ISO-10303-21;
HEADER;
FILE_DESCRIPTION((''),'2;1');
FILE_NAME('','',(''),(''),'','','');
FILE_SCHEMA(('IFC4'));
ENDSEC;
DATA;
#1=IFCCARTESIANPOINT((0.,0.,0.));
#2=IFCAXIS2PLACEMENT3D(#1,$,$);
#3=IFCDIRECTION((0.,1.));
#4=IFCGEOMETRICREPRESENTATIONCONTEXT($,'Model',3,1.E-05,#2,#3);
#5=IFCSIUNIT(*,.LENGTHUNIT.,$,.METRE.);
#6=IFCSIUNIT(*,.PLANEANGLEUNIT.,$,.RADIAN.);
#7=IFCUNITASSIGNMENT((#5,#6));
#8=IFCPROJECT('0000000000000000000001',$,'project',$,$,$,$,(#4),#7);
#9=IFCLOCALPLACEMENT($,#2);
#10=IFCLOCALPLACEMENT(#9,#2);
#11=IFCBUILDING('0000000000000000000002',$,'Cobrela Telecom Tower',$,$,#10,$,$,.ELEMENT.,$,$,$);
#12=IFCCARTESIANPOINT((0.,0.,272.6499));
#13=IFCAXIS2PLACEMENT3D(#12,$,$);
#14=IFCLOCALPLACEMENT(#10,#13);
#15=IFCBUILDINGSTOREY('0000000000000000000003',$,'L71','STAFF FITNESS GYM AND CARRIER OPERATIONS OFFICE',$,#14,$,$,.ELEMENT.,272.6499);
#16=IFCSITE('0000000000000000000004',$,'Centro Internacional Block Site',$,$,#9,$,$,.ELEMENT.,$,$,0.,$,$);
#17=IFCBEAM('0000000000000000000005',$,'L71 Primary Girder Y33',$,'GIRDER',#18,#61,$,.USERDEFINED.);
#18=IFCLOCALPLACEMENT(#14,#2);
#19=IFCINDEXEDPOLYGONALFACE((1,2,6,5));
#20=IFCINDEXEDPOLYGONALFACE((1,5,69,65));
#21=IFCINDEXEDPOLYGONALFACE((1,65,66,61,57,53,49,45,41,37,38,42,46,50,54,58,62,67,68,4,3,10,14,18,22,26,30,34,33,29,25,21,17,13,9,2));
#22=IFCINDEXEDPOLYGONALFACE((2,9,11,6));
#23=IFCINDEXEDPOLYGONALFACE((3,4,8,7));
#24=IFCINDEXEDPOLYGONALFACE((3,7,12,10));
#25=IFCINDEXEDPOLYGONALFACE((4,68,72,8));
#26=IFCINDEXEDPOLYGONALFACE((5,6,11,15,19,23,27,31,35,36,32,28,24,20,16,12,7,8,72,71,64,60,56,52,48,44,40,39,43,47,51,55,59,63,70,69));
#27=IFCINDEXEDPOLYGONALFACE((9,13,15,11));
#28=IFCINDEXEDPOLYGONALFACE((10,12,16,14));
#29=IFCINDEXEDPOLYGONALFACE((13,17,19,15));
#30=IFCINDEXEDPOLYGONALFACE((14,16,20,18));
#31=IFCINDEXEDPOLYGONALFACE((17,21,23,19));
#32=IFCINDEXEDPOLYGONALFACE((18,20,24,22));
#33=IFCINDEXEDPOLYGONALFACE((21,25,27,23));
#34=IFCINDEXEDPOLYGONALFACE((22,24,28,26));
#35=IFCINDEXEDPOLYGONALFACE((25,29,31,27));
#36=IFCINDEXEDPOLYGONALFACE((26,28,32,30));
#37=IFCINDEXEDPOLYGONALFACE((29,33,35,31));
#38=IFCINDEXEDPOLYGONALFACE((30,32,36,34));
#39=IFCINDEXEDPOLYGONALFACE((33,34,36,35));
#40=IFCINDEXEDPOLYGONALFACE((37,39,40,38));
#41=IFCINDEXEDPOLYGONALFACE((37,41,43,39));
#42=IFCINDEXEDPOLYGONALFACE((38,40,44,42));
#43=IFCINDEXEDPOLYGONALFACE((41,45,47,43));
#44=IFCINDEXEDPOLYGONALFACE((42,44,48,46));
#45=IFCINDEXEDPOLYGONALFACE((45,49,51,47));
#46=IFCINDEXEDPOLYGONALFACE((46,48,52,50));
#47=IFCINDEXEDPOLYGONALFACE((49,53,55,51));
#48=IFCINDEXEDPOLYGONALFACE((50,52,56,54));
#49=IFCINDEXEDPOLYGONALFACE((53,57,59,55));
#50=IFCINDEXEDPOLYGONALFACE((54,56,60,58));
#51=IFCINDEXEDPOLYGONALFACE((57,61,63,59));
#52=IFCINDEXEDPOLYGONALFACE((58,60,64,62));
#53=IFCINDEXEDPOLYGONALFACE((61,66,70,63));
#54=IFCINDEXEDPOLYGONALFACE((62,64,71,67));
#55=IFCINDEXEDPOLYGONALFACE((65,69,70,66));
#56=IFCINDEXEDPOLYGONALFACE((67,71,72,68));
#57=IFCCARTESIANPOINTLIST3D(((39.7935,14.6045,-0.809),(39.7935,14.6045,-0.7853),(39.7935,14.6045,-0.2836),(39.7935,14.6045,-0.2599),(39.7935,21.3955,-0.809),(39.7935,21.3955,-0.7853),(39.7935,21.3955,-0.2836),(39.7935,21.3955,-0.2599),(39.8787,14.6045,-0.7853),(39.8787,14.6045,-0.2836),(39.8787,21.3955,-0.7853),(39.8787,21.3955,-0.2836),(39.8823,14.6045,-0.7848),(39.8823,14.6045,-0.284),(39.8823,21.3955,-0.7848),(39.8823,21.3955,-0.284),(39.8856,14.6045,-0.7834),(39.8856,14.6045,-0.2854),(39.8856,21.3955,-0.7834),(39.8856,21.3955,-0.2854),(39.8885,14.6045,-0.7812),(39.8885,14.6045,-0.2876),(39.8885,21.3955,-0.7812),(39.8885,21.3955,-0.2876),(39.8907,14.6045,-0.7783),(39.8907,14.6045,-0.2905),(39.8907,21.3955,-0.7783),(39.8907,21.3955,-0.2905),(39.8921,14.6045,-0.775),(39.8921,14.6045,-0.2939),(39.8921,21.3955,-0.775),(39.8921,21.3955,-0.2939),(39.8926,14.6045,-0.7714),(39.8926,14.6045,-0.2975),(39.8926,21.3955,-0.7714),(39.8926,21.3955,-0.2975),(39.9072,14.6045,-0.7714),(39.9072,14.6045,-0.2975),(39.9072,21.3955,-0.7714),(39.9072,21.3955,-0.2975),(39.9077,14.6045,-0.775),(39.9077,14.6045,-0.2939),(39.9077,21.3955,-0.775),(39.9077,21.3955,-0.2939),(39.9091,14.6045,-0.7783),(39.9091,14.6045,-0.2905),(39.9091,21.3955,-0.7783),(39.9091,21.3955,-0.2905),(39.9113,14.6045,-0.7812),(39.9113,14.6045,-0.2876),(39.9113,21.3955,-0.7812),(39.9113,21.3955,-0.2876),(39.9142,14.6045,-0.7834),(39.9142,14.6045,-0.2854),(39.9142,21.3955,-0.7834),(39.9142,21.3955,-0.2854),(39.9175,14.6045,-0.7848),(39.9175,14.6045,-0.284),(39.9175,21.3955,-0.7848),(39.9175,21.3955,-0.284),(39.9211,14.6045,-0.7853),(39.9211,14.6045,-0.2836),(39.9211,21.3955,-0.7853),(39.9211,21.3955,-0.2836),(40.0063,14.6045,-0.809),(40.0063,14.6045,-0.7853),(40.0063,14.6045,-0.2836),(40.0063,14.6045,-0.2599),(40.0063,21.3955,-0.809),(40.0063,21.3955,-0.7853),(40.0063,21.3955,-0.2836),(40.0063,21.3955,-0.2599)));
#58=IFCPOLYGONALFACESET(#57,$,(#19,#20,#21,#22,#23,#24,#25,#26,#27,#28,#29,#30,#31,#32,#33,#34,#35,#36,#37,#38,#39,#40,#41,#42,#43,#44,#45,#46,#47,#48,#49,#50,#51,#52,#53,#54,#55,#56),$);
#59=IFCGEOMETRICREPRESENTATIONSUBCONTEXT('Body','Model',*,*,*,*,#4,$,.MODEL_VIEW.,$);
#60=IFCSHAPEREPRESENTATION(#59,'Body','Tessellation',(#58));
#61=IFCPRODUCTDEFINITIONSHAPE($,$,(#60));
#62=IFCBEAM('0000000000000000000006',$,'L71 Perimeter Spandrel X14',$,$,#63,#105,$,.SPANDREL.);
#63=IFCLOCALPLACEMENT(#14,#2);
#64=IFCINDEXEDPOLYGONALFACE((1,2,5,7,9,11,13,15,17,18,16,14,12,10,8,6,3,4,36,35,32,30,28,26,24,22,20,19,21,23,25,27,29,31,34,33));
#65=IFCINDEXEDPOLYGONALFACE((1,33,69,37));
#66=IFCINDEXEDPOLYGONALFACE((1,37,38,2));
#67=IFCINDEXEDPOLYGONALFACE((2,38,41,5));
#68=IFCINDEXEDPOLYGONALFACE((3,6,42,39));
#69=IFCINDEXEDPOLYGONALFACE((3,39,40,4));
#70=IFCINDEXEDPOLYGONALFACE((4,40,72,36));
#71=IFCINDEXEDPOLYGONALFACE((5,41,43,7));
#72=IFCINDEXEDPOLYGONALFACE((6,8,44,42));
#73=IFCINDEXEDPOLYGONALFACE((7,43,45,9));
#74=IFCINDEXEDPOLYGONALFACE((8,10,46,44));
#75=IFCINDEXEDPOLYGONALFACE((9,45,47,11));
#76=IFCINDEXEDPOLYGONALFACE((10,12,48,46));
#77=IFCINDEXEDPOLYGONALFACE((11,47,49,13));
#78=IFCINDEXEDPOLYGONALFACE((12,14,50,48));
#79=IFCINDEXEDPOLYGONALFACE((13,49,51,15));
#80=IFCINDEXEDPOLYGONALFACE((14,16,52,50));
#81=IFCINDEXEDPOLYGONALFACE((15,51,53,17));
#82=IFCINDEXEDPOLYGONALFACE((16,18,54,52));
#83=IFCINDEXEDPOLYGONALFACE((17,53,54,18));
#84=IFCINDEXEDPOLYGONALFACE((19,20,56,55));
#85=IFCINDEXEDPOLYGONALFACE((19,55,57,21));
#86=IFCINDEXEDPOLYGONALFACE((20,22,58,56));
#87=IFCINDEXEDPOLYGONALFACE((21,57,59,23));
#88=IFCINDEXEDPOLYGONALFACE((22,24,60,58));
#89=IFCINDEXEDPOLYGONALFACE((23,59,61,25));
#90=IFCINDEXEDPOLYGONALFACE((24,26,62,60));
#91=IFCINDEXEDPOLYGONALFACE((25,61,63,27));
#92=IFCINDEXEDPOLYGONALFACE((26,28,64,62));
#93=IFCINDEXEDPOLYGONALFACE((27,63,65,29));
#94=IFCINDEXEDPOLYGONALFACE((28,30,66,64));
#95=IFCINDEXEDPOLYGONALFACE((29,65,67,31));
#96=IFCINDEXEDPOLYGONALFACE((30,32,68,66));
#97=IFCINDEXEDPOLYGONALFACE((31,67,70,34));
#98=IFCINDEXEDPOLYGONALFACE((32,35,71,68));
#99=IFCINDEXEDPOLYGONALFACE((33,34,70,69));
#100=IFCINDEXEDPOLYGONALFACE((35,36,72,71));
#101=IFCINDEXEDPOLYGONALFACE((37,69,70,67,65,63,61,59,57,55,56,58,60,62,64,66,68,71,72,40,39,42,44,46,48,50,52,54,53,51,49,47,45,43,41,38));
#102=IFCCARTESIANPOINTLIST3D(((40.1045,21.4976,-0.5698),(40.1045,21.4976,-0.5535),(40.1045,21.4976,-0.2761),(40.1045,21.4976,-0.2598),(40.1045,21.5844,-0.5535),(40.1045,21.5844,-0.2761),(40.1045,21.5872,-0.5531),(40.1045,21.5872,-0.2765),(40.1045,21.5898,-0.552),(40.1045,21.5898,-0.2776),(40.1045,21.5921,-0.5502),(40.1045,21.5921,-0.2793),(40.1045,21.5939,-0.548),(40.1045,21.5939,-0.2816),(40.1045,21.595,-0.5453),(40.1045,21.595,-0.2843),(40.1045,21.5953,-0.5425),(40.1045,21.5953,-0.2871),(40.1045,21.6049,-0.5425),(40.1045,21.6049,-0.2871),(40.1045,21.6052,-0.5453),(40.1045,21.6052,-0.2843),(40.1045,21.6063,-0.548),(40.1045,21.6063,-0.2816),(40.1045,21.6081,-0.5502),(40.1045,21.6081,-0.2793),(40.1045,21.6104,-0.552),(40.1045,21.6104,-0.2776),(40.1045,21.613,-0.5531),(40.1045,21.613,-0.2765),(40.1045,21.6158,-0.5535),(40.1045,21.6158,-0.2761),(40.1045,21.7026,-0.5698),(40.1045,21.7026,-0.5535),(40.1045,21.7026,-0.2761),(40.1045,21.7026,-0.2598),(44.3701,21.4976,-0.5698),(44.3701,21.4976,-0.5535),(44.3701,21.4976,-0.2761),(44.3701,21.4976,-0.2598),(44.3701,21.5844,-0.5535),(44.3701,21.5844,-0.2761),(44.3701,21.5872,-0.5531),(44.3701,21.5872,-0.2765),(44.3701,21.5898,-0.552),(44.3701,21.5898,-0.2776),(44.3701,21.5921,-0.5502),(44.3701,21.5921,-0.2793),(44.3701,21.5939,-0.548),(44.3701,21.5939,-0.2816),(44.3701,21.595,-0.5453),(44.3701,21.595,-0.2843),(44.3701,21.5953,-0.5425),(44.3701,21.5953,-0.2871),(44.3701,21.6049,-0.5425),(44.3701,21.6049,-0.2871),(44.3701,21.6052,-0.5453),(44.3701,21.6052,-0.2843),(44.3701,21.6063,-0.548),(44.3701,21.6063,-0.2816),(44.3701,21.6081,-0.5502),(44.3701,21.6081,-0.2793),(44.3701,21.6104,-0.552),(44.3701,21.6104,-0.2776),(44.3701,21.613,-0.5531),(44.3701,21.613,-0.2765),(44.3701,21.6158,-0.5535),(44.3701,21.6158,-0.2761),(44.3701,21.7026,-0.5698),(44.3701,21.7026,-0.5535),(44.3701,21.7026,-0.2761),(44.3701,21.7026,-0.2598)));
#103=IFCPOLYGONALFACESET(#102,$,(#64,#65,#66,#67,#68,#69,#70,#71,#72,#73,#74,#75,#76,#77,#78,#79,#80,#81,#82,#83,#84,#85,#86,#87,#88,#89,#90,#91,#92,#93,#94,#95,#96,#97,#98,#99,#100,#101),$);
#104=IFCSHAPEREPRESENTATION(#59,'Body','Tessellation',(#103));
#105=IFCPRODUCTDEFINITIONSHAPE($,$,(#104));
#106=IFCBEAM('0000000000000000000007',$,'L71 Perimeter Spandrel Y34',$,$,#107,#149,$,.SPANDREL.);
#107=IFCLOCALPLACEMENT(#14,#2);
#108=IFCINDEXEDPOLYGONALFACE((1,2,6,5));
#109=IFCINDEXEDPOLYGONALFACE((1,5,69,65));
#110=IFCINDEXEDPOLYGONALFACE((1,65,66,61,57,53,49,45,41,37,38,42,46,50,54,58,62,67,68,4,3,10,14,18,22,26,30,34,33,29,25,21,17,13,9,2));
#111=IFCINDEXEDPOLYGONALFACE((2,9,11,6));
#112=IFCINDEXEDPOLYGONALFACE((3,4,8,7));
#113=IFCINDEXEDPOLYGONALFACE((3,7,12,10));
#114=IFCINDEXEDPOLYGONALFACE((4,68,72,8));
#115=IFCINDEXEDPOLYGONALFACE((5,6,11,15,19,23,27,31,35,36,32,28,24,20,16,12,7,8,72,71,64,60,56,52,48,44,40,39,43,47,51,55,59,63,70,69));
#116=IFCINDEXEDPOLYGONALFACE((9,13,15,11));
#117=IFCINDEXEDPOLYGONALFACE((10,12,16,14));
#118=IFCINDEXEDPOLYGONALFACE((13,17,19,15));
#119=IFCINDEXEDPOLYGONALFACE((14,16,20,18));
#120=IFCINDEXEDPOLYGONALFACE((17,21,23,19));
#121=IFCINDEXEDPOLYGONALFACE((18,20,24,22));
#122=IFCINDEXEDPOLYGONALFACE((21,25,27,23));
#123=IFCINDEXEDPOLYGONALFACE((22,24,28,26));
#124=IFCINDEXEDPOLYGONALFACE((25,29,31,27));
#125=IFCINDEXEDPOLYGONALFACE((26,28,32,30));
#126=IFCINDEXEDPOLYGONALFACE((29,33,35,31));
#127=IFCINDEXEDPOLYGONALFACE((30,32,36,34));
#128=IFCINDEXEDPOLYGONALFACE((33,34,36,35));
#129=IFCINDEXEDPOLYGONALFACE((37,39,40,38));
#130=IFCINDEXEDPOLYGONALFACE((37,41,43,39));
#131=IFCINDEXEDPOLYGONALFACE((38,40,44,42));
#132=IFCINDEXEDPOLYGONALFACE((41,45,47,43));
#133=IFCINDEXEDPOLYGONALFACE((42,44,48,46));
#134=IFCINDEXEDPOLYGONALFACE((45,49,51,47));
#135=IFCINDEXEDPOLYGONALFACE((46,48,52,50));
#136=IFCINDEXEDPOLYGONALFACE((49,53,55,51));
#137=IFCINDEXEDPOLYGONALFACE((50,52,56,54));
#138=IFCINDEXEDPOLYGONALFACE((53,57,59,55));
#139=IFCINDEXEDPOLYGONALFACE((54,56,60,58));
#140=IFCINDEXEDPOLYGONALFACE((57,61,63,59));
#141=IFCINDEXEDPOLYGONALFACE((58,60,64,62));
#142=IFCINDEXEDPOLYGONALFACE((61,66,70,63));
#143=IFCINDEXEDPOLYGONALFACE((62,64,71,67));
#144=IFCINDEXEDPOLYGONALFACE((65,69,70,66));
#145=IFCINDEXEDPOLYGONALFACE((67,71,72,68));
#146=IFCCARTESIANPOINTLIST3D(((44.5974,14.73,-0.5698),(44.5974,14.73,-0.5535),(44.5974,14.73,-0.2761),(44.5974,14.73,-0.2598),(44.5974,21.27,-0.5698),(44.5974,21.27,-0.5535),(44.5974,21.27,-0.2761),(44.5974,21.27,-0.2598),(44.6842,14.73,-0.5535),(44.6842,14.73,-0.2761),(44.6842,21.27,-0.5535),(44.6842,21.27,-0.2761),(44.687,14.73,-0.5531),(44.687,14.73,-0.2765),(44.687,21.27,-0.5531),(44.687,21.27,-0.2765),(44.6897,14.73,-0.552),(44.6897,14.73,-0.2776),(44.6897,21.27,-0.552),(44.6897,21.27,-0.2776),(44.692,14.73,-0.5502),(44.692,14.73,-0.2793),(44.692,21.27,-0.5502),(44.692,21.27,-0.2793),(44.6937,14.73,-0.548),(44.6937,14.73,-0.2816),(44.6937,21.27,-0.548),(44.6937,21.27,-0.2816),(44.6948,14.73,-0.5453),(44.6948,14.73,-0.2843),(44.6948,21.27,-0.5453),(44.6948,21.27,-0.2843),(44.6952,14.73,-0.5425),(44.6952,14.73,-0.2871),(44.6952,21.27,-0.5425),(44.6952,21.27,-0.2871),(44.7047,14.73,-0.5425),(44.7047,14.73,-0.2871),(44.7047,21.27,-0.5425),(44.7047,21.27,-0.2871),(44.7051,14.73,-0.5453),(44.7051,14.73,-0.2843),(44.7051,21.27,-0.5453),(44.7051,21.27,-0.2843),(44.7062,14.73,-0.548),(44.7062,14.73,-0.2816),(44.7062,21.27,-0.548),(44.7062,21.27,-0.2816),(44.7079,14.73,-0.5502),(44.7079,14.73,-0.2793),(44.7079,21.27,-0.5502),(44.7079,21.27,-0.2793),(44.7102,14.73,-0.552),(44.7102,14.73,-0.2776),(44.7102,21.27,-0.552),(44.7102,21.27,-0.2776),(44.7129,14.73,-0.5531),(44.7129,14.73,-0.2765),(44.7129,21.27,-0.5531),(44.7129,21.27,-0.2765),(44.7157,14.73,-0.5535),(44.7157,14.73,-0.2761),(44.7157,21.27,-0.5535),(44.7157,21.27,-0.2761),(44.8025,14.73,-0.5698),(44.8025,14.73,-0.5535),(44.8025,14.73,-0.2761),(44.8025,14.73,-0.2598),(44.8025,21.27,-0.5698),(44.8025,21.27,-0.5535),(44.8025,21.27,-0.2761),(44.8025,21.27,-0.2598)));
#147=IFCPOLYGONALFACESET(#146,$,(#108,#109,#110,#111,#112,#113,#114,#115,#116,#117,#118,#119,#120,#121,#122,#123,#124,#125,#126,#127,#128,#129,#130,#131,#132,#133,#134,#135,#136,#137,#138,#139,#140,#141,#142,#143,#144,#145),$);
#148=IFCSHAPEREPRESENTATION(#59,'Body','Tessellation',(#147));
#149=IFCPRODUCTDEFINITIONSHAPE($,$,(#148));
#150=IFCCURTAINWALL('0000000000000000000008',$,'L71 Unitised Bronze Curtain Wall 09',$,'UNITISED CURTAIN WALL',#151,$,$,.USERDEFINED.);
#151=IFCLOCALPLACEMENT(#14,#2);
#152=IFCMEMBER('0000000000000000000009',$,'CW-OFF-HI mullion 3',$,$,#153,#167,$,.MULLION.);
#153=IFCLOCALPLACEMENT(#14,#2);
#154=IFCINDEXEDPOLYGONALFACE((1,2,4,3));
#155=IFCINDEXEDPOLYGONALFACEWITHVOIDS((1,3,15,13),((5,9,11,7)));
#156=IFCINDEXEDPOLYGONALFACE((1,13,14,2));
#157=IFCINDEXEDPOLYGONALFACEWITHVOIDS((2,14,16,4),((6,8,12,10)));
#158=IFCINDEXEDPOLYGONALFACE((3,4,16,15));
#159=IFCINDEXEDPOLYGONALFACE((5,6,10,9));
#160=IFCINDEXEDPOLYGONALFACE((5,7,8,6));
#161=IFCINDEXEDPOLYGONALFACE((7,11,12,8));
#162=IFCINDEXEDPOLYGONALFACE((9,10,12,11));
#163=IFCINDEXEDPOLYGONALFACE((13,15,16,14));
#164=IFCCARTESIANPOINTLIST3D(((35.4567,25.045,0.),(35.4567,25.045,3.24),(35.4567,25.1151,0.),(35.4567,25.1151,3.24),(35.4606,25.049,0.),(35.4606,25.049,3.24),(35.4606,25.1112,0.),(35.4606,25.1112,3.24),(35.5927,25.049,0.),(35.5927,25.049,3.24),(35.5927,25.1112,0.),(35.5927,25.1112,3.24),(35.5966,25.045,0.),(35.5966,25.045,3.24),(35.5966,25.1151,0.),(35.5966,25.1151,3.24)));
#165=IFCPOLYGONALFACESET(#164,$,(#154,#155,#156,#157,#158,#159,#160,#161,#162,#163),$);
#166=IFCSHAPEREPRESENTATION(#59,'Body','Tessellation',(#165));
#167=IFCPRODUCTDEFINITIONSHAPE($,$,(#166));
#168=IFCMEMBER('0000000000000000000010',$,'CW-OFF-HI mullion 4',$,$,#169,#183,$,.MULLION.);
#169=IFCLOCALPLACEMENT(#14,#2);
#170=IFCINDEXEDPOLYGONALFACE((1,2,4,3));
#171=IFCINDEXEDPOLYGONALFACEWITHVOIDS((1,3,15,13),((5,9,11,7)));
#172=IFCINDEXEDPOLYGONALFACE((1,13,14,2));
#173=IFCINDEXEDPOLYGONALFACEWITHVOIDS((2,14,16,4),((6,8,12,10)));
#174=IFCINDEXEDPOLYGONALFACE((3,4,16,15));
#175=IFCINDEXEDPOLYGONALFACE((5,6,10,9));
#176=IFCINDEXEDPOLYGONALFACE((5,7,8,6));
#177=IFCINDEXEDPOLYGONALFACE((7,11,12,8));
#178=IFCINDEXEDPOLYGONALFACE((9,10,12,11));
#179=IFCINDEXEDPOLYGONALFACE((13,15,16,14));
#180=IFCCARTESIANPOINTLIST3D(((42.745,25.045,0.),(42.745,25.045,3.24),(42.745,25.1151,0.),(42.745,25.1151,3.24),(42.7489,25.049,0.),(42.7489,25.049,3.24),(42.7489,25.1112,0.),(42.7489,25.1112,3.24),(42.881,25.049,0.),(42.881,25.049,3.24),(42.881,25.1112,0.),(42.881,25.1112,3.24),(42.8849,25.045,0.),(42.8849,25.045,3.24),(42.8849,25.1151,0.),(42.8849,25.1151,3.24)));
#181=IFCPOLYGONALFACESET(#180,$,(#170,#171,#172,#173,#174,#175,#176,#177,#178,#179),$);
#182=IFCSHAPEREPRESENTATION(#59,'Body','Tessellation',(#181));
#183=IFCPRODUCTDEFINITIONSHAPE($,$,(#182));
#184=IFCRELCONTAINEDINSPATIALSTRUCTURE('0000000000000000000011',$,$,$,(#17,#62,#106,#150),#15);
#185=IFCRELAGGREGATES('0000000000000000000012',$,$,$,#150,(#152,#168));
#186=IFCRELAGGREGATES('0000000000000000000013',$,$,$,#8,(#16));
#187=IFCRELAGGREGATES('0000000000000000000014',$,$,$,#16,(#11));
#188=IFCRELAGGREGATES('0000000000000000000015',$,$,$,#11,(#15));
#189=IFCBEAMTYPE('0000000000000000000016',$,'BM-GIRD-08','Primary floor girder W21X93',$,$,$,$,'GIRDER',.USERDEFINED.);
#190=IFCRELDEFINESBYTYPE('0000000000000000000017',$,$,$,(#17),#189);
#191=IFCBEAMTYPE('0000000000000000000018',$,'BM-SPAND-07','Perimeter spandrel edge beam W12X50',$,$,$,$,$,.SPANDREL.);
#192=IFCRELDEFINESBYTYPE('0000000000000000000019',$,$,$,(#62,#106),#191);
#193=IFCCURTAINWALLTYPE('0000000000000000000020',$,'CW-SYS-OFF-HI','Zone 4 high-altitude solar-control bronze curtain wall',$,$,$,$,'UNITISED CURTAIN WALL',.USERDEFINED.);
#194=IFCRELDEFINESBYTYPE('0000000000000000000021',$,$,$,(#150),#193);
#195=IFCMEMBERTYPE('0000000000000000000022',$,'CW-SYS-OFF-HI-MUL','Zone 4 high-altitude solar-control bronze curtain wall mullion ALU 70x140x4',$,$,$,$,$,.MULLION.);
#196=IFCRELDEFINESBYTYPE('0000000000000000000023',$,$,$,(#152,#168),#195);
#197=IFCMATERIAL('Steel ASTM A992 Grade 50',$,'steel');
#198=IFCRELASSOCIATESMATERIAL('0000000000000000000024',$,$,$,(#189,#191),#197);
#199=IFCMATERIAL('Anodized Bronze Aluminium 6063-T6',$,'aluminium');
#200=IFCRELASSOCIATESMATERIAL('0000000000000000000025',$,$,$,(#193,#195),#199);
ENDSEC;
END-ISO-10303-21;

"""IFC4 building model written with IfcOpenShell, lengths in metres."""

from ifc_helpers import new_model, si_unit, direction, frame, origin, origin_2d, place, context, subcontext, project, spatial, hollow_rectangle, i_section, extrude, material, material_profile, profile_set, type_object, element, aggregate, save


model = new_model("IFC4")

# Units and contexts
model_context = context("Model", 3, precision=1e-05, world=origin(), true_north=direction((0.0, 1.0)))
body_context = subcontext(model_context, "Body", "Model", "MODEL_VIEW")
ifc_project = project(units=[si_unit("LENGTHUNIT", "METRE"), si_unit("PLANEANGLEUNIT", "RADIAN")], contexts=[model_context])

# Site, building, storey
site_placement = place(None, origin())
site = spatial("IfcSite", under=ifc_project, at=site_placement, Name="Centro Internacional Block Site", CompositionType="ELEMENT", RefElevation=0.0)
building_placement = place(site_placement, origin())
building = spatial("IfcBuilding", under=site, at=building_placement, Name="Cobrela Telecom Tower", CompositionType="ELEMENT")
storey_placement = place(building_placement, frame((0.0, 0.0, 272.6499)))
storey = spatial("IfcBuildingStorey", under=building, at=storey_placement, Name="L71", Description="STAFF FITNESS GYM AND CARRIER OPERATIONS OFFICE", CompositionType="ELEMENT", Elevation=272.6499)

# Shared definitions
ifc_material_1 = material(Name="Steel ASTM A992 Grade 50", Category="steel")

# Beams
ifc_material_profile_1 = material_profile(ifc_material_1, i_section(OverallWidth=0.2129, OverallDepth=0.5491, WebThickness=0.0146, FlangeThickness=0.0237, FilletRadius=0.0139, at=origin_2d()), Name="W21X93")
ifc_profile_set_1 = profile_set([ifc_material_profile_1], Name="Steel ASTM A992 Grade 50")
beam_type_1 = type_object("IfcBeamType", Name="BM-GIRD-08", Description="Primary floor girder W21X93", ElementType="GIRDER", PredefinedType="USERDEFINED", material=ifc_profile_set_1)
for number, where, z_axis, x_axis, name in (
    (1, (39.8999, 14.6045, -0.5344), (0.0, 1.0, 0.0), (-1.0, 0.0, 0.0), "L71 Primary Girder Y33"),
):
    element("IfcBeam", number, at=place(storey_placement, frame(where, z_axis=z_axis, x_axis=x_axis)), inside=storey, type_object=beam_type_1, Name=name, ObjectType="GIRDER", PredefinedType="USERDEFINED", context=body_context, shape_type="SweptSolid", body=[
        extrude(i_section(OverallWidth=0.2129, OverallDepth=0.5491, WebThickness=0.0146, FlangeThickness=0.0237, FilletRadius=0.0139, at=origin_2d()), origin(), (0.0, 0.0, 1.0), 6.791),
    ])
ifc_material_profile_2 = material_profile(ifc_material_1, i_section(OverallWidth=0.2051, OverallDepth=0.3101, WebThickness=0.0095, FlangeThickness=0.0164, FilletRadius=0.011, at=origin_2d()), Name="W12X50")
ifc_profile_set_2 = profile_set([ifc_material_profile_2], Name="Steel ASTM A992 Grade 50")
beam_type_2 = type_object("IfcBeamType", Name="BM-SPAND-07", Description="Perimeter spandrel edge beam W12X50", PredefinedType="SPANDREL", material=ifc_profile_set_2)
beam_1_placement = place(storey_placement, frame((40.1045, 21.6001, -0.4148), z_axis=(1.0, 0.0, 0.0), x_axis=(0.0, 1.0, 0.0)))
element("IfcBeam", 2, at=beam_1_placement, inside=storey, type_object=beam_type_2, Name="L71 Perimeter Spandrel X14", PredefinedType="SPANDREL", context=body_context, shape_type="SweptSolid", body=[
    extrude(i_section(OverallWidth=0.2051, OverallDepth=0.3101, WebThickness=0.0095, FlangeThickness=0.0164, FilletRadius=0.011, at=origin_2d()), origin(), (0.0, 0.0, 1.0), 4.2656),
])
beam_2_placement = place(storey_placement, frame((44.7, 14.73, -0.4148), z_axis=(0.0, 1.0, 0.0), x_axis=(-1.0, 0.0, 0.0)))
element("IfcBeam", 3, at=beam_2_placement, inside=storey, type_object=beam_type_2, Name="L71 Perimeter Spandrel Y34", PredefinedType="SPANDREL", context=body_context, shape_type="SweptSolid", body=[
    extrude(i_section(OverallWidth=0.2051, OverallDepth=0.3101, WebThickness=0.0095, FlangeThickness=0.0164, FilletRadius=0.011, at=origin_2d()), origin(), (0.0, 0.0, 1.0), 6.54),
])

# Curtain wall, members
ifc_material_2 = material(Name="Anodized Bronze Aluminium 6063-T6", Category="aluminium")
curtain_wall_type = type_object("IfcCurtainWallType", Name="CW-SYS-OFF-HI", Description="Zone 4 high-altitude solar-control bronze curtain wall", ElementType="UNITISED CURTAIN WALL", PredefinedType="USERDEFINED", material=ifc_material_2)
curtain_wall_1_placement = place(storey_placement, origin())
curtain_wall_1 = element("IfcCurtainWall", 4, at=curtain_wall_1_placement, inside=storey, type_object=curtain_wall_type, Name="L71 Unitised Bronze Curtain Wall 09", ObjectType="UNITISED CURTAIN WALL", PredefinedType="USERDEFINED")
ifc_material_profile_3 = material_profile(ifc_material_2, hollow_rectangle(XDim=0.0701, YDim=0.1399, WallThickness=0.0039, at=origin_2d()), Name="ALU 70x140x4")
ifc_profile_set_3 = profile_set([ifc_material_profile_3], Name="Anodized Bronze Aluminium 6063-T6")
member_type_1 = type_object("IfcMemberType", Name="CW-SYS-OFF-HI-MUL", Description="Zone 4 high-altitude solar-control bronze curtain wall mullion ALU 70x140x4", PredefinedType="MULLION", material=ifc_profile_set_3)
member_1_placement = place(storey_placement, frame((35.5266, 25.0801, 0.0), z_axis=(0.0, 0.0, 1.0), x_axis=(0.0, 1.0, 0.0)))
member_1 = element("IfcMember", 5, at=member_1_placement, type_object=member_type_1, Name="CW-OFF-HI mullion 3", PredefinedType="MULLION", context=body_context, shape_type="SweptSolid", body=[
    extrude(hollow_rectangle(XDim=0.0701, YDim=0.1399, WallThickness=0.0039, at=origin_2d()), origin(), (0.0, 0.0, 1.0), 3.24),
])
member_2_placement = place(storey_placement, frame((42.8149, 25.0801, 0.0), z_axis=(0.0, 0.0, 1.0), x_axis=(0.0, 1.0, 0.0)))
member_2 = element("IfcMember", 6, at=member_2_placement, type_object=member_type_1, Name="CW-OFF-HI mullion 4", PredefinedType="MULLION", context=body_context, shape_type="SweptSolid", body=[
    extrude(hollow_rectangle(XDim=0.0701, YDim=0.1399, WallThickness=0.0039, at=origin_2d()), origin(), (0.0, 0.0, 1.0), 3.24),
])

aggregate(curtain_wall_1, [member_1, member_2])

save(model, "model.ifc")
